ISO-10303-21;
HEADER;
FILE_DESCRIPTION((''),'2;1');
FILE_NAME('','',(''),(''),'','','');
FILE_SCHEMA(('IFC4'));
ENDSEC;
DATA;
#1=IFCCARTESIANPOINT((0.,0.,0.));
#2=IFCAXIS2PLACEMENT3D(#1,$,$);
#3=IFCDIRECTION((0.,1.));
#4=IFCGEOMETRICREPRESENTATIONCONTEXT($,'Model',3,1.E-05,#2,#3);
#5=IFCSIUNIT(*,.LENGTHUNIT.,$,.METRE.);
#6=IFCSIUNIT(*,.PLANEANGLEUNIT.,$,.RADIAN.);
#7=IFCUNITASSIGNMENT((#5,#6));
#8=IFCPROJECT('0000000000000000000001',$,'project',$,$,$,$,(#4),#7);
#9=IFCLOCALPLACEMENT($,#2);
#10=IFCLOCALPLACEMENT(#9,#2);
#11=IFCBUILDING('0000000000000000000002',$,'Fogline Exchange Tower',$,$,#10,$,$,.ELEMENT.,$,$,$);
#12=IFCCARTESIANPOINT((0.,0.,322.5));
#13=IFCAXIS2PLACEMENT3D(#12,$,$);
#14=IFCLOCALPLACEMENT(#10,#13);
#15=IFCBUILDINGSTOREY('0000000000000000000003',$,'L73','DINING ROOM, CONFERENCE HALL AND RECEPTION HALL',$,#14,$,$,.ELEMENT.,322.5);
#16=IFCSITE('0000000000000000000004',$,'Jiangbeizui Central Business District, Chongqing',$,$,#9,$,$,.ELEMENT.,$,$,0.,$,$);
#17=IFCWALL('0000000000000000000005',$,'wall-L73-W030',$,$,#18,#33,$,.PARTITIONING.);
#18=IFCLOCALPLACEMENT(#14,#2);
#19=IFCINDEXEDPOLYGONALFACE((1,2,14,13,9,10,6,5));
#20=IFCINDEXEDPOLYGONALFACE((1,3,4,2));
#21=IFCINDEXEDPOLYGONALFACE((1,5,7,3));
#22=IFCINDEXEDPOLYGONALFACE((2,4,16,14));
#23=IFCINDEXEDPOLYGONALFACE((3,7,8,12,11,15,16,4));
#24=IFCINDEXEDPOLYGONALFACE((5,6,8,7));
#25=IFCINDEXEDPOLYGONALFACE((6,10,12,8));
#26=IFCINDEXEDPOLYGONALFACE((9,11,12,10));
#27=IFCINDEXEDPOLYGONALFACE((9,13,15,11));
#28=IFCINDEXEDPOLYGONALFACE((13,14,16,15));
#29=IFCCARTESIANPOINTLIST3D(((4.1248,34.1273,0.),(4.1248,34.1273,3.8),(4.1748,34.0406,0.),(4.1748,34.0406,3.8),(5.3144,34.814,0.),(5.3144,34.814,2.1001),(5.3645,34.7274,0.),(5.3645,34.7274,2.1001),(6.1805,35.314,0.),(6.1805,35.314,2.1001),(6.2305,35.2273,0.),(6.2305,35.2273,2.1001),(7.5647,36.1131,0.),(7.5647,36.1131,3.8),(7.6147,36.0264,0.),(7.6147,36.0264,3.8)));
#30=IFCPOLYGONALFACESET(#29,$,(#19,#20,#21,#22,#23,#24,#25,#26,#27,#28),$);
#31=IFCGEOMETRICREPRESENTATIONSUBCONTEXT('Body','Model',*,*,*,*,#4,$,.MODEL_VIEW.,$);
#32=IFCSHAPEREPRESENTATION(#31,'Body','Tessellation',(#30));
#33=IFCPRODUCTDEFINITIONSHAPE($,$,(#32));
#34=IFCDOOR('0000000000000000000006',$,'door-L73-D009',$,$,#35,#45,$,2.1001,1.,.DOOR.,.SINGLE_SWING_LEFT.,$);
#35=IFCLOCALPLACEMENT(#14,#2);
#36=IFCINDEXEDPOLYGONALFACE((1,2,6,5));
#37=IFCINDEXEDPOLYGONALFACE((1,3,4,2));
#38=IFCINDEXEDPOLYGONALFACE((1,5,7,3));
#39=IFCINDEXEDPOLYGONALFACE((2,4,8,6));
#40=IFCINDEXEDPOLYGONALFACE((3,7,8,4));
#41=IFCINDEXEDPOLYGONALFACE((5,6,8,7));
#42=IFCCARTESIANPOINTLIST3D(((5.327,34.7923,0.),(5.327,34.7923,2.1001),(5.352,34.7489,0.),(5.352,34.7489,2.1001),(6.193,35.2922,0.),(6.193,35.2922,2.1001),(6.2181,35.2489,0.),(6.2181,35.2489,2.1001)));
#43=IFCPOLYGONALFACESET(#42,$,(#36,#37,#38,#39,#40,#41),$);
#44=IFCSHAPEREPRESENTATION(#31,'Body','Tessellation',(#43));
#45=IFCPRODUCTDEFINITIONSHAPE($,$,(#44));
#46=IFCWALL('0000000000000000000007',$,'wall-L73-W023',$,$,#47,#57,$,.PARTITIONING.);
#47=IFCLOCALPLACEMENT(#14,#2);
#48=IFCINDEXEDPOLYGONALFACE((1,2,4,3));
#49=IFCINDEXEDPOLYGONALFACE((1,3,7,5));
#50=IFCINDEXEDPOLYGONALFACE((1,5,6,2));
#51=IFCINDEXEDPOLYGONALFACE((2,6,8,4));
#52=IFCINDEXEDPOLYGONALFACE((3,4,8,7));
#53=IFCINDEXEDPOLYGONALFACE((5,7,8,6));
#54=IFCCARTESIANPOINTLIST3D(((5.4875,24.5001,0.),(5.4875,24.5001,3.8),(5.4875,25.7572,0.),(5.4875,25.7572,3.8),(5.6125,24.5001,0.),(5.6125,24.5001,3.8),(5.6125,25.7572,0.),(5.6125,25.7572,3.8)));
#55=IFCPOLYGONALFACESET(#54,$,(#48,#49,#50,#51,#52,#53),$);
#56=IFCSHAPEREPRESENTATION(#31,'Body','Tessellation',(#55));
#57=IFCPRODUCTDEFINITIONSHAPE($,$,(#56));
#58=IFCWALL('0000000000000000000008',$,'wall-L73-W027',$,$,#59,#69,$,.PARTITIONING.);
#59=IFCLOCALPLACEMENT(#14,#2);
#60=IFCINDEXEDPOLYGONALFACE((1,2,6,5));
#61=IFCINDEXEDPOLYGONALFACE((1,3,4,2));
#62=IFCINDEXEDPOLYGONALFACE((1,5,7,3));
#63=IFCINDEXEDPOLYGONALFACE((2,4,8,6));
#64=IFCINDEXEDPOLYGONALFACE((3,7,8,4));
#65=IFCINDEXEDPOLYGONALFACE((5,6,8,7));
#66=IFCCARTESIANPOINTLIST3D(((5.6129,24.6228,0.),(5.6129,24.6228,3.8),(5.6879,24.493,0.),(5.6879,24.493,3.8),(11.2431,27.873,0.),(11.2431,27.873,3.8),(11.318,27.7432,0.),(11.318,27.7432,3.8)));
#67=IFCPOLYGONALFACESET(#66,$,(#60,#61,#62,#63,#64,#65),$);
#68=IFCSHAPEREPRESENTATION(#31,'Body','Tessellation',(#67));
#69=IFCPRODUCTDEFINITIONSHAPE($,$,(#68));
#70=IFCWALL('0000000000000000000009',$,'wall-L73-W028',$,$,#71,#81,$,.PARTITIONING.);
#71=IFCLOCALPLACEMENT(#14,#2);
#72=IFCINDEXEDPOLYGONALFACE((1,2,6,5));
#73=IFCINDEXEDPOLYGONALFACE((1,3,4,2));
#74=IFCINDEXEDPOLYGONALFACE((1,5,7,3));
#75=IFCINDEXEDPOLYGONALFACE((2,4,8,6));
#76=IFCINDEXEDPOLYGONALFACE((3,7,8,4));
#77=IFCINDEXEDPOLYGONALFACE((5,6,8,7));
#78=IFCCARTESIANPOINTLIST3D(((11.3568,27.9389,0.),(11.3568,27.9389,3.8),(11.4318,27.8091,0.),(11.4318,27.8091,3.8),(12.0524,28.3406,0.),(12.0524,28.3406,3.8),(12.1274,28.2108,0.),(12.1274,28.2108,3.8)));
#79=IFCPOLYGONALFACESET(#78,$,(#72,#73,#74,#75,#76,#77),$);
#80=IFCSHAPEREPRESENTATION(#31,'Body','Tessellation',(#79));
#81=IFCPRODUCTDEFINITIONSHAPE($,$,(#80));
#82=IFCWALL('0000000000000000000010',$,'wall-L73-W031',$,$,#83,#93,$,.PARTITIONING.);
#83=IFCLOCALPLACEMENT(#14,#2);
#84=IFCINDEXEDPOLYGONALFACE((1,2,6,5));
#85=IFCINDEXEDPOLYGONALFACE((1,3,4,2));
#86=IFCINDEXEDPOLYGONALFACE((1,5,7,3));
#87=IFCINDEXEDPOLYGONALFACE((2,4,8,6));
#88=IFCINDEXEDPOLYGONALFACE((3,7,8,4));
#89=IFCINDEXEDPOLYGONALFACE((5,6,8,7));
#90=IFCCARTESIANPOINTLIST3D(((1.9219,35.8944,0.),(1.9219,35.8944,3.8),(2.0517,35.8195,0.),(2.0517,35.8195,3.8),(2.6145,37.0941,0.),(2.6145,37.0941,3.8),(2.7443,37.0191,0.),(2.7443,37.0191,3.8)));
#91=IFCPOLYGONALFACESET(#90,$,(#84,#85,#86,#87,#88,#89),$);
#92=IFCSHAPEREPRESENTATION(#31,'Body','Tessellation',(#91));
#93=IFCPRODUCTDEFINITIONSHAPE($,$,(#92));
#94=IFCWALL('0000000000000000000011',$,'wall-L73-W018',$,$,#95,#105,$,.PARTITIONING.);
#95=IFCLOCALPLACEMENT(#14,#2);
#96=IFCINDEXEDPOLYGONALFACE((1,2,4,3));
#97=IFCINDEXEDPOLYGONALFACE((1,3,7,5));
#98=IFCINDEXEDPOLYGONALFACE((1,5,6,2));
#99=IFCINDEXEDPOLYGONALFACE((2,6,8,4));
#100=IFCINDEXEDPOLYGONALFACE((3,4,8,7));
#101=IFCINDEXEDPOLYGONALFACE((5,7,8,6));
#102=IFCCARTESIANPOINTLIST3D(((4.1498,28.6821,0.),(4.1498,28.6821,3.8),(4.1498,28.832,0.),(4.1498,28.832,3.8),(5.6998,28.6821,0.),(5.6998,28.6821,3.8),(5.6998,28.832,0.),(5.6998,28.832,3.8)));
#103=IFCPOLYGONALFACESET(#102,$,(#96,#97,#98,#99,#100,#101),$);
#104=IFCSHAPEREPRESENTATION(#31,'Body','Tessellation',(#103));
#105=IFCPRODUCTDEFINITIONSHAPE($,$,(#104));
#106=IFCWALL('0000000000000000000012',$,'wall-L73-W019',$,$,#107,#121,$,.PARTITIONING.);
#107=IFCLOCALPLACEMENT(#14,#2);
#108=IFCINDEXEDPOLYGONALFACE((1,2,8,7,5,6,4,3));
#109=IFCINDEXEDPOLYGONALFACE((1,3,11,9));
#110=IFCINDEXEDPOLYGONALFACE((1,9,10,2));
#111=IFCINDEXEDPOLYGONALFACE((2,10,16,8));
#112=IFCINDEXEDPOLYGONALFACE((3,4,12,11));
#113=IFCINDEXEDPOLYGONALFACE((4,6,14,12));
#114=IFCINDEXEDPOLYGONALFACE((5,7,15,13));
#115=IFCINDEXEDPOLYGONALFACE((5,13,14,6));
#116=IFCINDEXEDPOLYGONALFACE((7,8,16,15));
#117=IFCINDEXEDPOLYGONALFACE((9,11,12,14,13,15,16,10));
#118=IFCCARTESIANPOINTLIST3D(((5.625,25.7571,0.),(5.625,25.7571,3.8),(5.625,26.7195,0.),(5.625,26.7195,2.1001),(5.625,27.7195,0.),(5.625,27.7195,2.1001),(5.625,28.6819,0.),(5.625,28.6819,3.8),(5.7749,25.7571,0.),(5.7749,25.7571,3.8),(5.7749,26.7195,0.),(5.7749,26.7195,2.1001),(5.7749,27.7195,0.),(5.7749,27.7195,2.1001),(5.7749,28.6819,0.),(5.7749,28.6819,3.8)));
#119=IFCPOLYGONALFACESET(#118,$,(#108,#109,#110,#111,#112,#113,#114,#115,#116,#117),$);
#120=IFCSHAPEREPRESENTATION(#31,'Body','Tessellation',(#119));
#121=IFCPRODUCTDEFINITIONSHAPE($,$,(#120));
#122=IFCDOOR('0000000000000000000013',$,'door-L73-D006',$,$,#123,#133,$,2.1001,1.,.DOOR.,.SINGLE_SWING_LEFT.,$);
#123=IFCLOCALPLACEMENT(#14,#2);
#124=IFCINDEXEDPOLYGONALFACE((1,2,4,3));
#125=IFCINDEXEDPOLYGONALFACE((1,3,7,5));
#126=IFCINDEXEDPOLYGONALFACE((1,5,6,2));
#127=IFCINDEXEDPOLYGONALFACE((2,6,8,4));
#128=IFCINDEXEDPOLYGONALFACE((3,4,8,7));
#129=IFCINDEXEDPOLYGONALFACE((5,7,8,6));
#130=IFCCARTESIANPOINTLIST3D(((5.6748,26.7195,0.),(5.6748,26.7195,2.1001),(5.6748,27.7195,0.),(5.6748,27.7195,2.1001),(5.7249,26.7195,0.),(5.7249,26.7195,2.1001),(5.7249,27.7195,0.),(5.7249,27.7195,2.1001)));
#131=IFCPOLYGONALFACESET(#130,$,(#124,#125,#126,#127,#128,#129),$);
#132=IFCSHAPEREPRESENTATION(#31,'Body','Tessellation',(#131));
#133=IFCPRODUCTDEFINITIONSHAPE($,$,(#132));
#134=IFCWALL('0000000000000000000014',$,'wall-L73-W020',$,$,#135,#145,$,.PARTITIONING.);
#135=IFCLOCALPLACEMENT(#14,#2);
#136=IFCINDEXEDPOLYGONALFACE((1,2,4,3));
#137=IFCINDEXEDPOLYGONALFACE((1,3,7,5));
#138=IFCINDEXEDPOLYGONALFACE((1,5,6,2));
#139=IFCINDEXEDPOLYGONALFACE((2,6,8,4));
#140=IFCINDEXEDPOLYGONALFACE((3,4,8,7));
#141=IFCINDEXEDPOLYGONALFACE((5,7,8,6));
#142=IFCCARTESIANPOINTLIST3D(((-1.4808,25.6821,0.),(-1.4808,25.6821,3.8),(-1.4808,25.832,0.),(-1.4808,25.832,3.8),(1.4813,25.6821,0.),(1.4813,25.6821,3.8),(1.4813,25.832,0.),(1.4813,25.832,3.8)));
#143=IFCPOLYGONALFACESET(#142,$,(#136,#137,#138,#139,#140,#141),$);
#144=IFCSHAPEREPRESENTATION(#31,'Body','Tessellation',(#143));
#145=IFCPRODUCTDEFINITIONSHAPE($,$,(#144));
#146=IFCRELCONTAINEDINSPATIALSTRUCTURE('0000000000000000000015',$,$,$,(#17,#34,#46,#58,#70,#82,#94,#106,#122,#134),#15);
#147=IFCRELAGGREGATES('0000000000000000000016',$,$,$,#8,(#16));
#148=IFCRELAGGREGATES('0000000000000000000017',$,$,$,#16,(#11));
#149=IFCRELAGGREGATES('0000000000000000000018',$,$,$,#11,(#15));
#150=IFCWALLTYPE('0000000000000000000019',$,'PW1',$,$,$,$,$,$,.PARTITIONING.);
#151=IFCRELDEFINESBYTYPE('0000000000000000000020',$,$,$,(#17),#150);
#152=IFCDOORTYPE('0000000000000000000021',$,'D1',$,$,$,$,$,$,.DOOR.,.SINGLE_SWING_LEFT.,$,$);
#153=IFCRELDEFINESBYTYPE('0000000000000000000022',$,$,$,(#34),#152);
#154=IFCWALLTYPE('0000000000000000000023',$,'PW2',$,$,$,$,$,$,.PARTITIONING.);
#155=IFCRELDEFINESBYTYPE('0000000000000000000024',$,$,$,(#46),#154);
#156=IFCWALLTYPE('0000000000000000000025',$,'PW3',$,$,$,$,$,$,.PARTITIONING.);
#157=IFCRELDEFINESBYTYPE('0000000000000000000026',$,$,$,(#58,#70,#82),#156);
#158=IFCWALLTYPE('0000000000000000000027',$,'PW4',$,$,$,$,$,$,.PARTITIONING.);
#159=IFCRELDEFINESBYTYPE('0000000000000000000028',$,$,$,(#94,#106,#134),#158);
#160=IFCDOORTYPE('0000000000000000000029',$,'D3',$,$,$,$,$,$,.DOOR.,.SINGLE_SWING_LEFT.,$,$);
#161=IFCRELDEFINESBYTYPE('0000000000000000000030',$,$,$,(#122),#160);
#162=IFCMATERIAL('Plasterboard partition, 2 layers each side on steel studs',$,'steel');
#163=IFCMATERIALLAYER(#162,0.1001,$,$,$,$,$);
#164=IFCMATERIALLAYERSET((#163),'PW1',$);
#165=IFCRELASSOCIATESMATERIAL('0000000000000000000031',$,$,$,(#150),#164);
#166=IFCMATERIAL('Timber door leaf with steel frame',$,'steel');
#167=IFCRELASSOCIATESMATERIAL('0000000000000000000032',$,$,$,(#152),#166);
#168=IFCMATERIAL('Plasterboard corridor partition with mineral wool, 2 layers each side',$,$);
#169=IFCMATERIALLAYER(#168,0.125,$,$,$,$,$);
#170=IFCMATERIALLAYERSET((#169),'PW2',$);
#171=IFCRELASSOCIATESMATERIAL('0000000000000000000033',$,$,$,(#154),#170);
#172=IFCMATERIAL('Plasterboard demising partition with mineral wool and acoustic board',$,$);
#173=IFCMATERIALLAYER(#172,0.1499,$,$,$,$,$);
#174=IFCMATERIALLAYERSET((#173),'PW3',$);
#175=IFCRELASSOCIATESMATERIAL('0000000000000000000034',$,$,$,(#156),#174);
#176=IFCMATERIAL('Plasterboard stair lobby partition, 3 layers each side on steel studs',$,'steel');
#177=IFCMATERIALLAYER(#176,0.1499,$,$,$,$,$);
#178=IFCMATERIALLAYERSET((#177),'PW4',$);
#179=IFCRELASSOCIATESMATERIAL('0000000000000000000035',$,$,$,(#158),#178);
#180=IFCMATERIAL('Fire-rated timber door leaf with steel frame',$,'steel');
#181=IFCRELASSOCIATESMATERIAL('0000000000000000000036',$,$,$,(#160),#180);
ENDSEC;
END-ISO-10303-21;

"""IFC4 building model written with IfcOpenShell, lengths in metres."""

from ifc_helpers import new_model, si_unit, direction, frame, frame_2d, origin, place, context, subcontext, project, spatial, rectangle, extrude, material, layer, layer_set, type_object, element, fill, save


model = new_model("IFC4")

# Units and contexts
model_context = context("Model", 3, precision=1e-05, world=origin(), true_north=direction((0.0, 1.0)))
body_context = subcontext(model_context, "Body", "Model", "MODEL_VIEW")
ifc_project = project(units=[si_unit("LENGTHUNIT", "METRE"), si_unit("PLANEANGLEUNIT", "RADIAN")], contexts=[model_context])

# Site, building, storey
site_placement = place(None, origin())
site = spatial("IfcSite", under=ifc_project, at=site_placement, Name="Jiangbeizui Central Business District, Chongqing", CompositionType="ELEMENT", RefElevation=0.0)
building_placement = place(site_placement, origin())
building = spatial("IfcBuilding", under=site, at=building_placement, Name="Fogline Exchange Tower", CompositionType="ELEMENT")
storey_placement = place(building_placement, frame((0.0, 0.0, 322.5)))
storey = spatial("IfcBuildingStorey", under=building, at=storey_placement, Name="L73", Description="DINING ROOM, CONFERENCE HALL AND RECEPTION HALL", CompositionType="ELEMENT", Elevation=322.5)

# Wall, opening, door
ifc_material_1 = material(Name="Plasterboard partition, 2 layers each side on steel studs", Category="steel")
ifc_layer_1 = layer(ifc_material_1, 0.1001)
ifc_layer_set_1 = layer_set([ifc_layer_1], Name="PW1")
wall_type_1 = type_object("IfcWallType", Name="PW1", PredefinedType="PARTITIONING", material=ifc_layer_set_1)
wall_1_placement = place(storey_placement, frame((4.1499, 34.084, 0.0), z_axis=(0.0, 0.0, 1.0), x_axis=(0.866048, 0.49996, 0.0)))
wall_1 = element("IfcWall", 1, at=wall_1_placement, inside=storey, type_object=wall_type_1, Name="wall-L73-W030", PredefinedType="PARTITIONING", context=body_context, shape_type="SweptSolid", body=[
    extrude(rectangle(XDim=3.9719, YDim=0.1001, at=frame_2d((1.9858, 0.0))), origin(), (0.0, 0.0, 1.0), 3.8),
])
opening_1_placement = place(wall_1_placement, frame((1.3735, 0.0, 0.0)))
opening_1 = element("IfcOpeningElement", 2, at=opening_1_placement, cuts=wall_1, PredefinedType="OPENING", context=body_context, shape_type="SweptSolid", body=[
    extrude(rectangle(XDim=1.0, YDim=2.1001, at=frame_2d((0.5, 1.05))), frame((0.0, 0.0601, 0.0), z_axis=(0.0, -1.0, 0.0), x_axis=(1.0, 0.0, 0.0)), (0.0, 0.0, 1.0), 0.1201),
])
ifc_material_2 = material(Name="Timber door leaf with steel frame", Category="steel")
door_type_1 = type_object("IfcDoorType", Name="D1", OperationType="SINGLE_SWING_LEFT", PredefinedType="DOOR", material=ifc_material_2)
door_1_placement = place(opening_1_placement, origin())
door_1 = element("IfcDoor", 3, at=door_1_placement, inside=storey, type_object=door_type_1, Name="door-L73-D009", OperationType="SINGLE_SWING_LEFT", OverallHeight=2.1001, OverallWidth=1.0, PredefinedType="DOOR", context=body_context, shape_type="SweptSolid", body=[
    extrude(rectangle(XDim=1.0, YDim=2.1001, at=frame_2d((0.5, 1.05))), frame((0.0, 0.0249, 0.0), z_axis=(0.0, -1.0, 0.0), x_axis=(1.0, 0.0, 0.0)), (0.0, 0.0, 1.0), 0.05),
])
fill(opening_1, door_1)

# Walls
ifc_material_3 = material(Name="Plasterboard corridor partition with mineral wool, 2 layers each side")
ifc_layer_2 = layer(ifc_material_3, 0.125)
ifc_layer_set_2 = layer_set([ifc_layer_2], Name="PW2")
wall_type_2 = type_object("IfcWallType", Name="PW2", PredefinedType="PARTITIONING", material=ifc_layer_set_2)
wall_2_placement = place(storey_placement, frame((5.55, 25.7571, 0.0), z_axis=(0.0, 0.0, 1.0), x_axis=(0.0, -1.0, 0.0)))
element("IfcWall", 4, at=wall_2_placement, inside=storey, type_object=wall_type_2, Name="wall-L73-W023", PredefinedType="PARTITIONING", context=body_context, shape_type="SweptSolid", body=[
    extrude(rectangle(XDim=1.2571, YDim=0.125, at=frame_2d((0.6284, 0.0))), origin(), (0.0, 0.0, 1.0), 3.8),
])
ifc_material_4 = material(Name="Plasterboard demising partition with mineral wool and acoustic board")
ifc_layer_3 = layer(ifc_material_4, 0.1499)
ifc_layer_set_3 = layer_set([ifc_layer_3], Name="PW3")
wall_type_3 = type_object("IfcWallType", Name="PW3", PredefinedType="PARTITIONING", material=ifc_layer_set_3)
wall_3_placement = place(storey_placement, frame((5.6504, 24.5579, 0.0), z_axis=(0.0, 0.0, 1.0), x_axis=(0.866046, 0.499964, 0.0)))
element("IfcWall", 5, at=wall_3_placement, inside=storey, type_object=wall_type_3, Name="wall-L73-W027", PredefinedType="PARTITIONING", context=body_context, shape_type="SweptSolid", body=[
    extrude(rectangle(XDim=6.501, YDim=0.1499, at=frame_2d((3.2505, 0.0))), origin(), (0.0, 0.0, 1.0), 3.8),
])
wall_4_placement = place(storey_placement, frame((11.3943, 27.874, 0.0), z_axis=(0.0, 0.0, 1.0), x_axis=(0.866008, 0.500029, 0.0)))
element("IfcWall", 6, at=wall_4_placement, inside=storey, type_object=wall_type_3, Name="wall-L73-W028", PredefinedType="PARTITIONING", context=body_context, shape_type="SweptSolid", body=[
    extrude(rectangle(XDim=0.8032, YDim=0.1499, at=frame_2d((0.4016, 0.0))), origin(), (0.0, 0.0, 1.0), 3.8),
])
wall_5_placement = place(storey_placement, frame((1.9868, 35.8569, 0.0), z_axis=(0.0, 0.0, 1.0), x_axis=(0.499987, 0.866033, 0.0)))
element("IfcWall", 7, at=wall_5_placement, inside=storey, type_object=wall_type_3, Name="wall-L73-W031", PredefinedType="PARTITIONING", context=body_context, shape_type="SweptSolid", body=[
    extrude(rectangle(XDim=1.3853, YDim=0.1499, at=frame_2d((0.6926, 0.0))), origin(), (0.0, 0.0, 1.0), 3.8),
])
ifc_material_5 = material(Name="Plasterboard stair lobby partition, 3 layers each side on steel studs", Category="steel")
ifc_layer_4 = layer(ifc_material_5, 0.1499)
ifc_layer_set_4 = layer_set([ifc_layer_4], Name="PW4")
wall_type_4 = type_object("IfcWallType", Name="PW4", PredefinedType="PARTITIONING", material=ifc_layer_set_4)
wall_6_placement = place(storey_placement, frame((4.1499, 28.7571, 0.0), z_axis=(0.0, 0.0, 1.0), x_axis=(1.0, 0.0, 0.0)))
element("IfcWall", 8, at=wall_6_placement, inside=storey, type_object=wall_type_4, Name="wall-L73-W018", PredefinedType="PARTITIONING", context=body_context, shape_type="SweptSolid", body=[
    extrude(rectangle(XDim=1.55, YDim=0.1499, at=frame_2d((0.7749, 0.0))), origin(), (0.0, 0.0, 1.0), 3.8),
])

# Wall, opening, door
wall_7_placement = place(storey_placement, frame((5.7, 28.6819, 0.0), z_axis=(0.0, 0.0, 1.0), x_axis=(0.0, -1.0, 0.0)))
wall_7 = element("IfcWall", 9, at=wall_7_placement, inside=storey, type_object=wall_type_4, Name="wall-L73-W019", PredefinedType="PARTITIONING", context=body_context, shape_type="SweptSolid", body=[
    extrude(rectangle(XDim=2.9248, YDim=0.1499, at=frame_2d((1.4624, 0.0))), origin(), (0.0, 0.0, 1.0), 3.8),
])
opening_2_placement = place(wall_7_placement, frame((0.9624, 0.0, 0.0)))
opening_2 = element("IfcOpeningElement", 10, at=opening_2_placement, cuts=wall_7, PredefinedType="OPENING", context=body_context, shape_type="SweptSolid", body=[
    extrude(rectangle(XDim=1.0, YDim=2.1001, at=frame_2d((0.5, 1.05))), frame((0.0, 0.085, 0.0), z_axis=(0.0, -1.0, 0.0), x_axis=(1.0, 0.0, 0.0)), (0.0, 0.0, 1.0), 0.1699),
])
ifc_material_6 = material(Name="Fire-rated timber door leaf with steel frame", Category="steel")
door_type_2 = type_object("IfcDoorType", Name="D3", OperationType="SINGLE_SWING_LEFT", PredefinedType="DOOR", material=ifc_material_6)
door_2_placement = place(opening_2_placement, origin())
door_2 = element("IfcDoor", 11, at=door_2_placement, inside=storey, type_object=door_type_2, Name="door-L73-D006", OperationType="SINGLE_SWING_LEFT", OverallHeight=2.1001, OverallWidth=1.0, PredefinedType="DOOR", context=body_context, shape_type="SweptSolid", body=[
    extrude(rectangle(XDim=1.0, YDim=2.1001, at=frame_2d((0.5, 1.05))), frame((0.0, 0.0249, 0.0), z_axis=(0.0, -1.0, 0.0), x_axis=(1.0, 0.0, 0.0)), (0.0, 0.0, 1.0), 0.05),
])
fill(opening_2, door_2)

# Wall
wall_8_placement = place(storey_placement, frame((1.4812, 25.7571, 0.0), z_axis=(0.0, 0.0, 1.0), x_axis=(-1.0, 0.0, 0.0)))
element("IfcWall", 12, at=wall_8_placement, inside=storey, type_object=wall_type_4, Name="wall-L73-W020", PredefinedType="PARTITIONING", context=body_context, shape_type="SweptSolid", body=[
    extrude(rectangle(XDim=2.9622, YDim=0.1499, at=frame_2d((1.481, 0.0))), origin(), (0.0, 0.0, 1.0), 3.8),
])

save(model, "model.ifc")
